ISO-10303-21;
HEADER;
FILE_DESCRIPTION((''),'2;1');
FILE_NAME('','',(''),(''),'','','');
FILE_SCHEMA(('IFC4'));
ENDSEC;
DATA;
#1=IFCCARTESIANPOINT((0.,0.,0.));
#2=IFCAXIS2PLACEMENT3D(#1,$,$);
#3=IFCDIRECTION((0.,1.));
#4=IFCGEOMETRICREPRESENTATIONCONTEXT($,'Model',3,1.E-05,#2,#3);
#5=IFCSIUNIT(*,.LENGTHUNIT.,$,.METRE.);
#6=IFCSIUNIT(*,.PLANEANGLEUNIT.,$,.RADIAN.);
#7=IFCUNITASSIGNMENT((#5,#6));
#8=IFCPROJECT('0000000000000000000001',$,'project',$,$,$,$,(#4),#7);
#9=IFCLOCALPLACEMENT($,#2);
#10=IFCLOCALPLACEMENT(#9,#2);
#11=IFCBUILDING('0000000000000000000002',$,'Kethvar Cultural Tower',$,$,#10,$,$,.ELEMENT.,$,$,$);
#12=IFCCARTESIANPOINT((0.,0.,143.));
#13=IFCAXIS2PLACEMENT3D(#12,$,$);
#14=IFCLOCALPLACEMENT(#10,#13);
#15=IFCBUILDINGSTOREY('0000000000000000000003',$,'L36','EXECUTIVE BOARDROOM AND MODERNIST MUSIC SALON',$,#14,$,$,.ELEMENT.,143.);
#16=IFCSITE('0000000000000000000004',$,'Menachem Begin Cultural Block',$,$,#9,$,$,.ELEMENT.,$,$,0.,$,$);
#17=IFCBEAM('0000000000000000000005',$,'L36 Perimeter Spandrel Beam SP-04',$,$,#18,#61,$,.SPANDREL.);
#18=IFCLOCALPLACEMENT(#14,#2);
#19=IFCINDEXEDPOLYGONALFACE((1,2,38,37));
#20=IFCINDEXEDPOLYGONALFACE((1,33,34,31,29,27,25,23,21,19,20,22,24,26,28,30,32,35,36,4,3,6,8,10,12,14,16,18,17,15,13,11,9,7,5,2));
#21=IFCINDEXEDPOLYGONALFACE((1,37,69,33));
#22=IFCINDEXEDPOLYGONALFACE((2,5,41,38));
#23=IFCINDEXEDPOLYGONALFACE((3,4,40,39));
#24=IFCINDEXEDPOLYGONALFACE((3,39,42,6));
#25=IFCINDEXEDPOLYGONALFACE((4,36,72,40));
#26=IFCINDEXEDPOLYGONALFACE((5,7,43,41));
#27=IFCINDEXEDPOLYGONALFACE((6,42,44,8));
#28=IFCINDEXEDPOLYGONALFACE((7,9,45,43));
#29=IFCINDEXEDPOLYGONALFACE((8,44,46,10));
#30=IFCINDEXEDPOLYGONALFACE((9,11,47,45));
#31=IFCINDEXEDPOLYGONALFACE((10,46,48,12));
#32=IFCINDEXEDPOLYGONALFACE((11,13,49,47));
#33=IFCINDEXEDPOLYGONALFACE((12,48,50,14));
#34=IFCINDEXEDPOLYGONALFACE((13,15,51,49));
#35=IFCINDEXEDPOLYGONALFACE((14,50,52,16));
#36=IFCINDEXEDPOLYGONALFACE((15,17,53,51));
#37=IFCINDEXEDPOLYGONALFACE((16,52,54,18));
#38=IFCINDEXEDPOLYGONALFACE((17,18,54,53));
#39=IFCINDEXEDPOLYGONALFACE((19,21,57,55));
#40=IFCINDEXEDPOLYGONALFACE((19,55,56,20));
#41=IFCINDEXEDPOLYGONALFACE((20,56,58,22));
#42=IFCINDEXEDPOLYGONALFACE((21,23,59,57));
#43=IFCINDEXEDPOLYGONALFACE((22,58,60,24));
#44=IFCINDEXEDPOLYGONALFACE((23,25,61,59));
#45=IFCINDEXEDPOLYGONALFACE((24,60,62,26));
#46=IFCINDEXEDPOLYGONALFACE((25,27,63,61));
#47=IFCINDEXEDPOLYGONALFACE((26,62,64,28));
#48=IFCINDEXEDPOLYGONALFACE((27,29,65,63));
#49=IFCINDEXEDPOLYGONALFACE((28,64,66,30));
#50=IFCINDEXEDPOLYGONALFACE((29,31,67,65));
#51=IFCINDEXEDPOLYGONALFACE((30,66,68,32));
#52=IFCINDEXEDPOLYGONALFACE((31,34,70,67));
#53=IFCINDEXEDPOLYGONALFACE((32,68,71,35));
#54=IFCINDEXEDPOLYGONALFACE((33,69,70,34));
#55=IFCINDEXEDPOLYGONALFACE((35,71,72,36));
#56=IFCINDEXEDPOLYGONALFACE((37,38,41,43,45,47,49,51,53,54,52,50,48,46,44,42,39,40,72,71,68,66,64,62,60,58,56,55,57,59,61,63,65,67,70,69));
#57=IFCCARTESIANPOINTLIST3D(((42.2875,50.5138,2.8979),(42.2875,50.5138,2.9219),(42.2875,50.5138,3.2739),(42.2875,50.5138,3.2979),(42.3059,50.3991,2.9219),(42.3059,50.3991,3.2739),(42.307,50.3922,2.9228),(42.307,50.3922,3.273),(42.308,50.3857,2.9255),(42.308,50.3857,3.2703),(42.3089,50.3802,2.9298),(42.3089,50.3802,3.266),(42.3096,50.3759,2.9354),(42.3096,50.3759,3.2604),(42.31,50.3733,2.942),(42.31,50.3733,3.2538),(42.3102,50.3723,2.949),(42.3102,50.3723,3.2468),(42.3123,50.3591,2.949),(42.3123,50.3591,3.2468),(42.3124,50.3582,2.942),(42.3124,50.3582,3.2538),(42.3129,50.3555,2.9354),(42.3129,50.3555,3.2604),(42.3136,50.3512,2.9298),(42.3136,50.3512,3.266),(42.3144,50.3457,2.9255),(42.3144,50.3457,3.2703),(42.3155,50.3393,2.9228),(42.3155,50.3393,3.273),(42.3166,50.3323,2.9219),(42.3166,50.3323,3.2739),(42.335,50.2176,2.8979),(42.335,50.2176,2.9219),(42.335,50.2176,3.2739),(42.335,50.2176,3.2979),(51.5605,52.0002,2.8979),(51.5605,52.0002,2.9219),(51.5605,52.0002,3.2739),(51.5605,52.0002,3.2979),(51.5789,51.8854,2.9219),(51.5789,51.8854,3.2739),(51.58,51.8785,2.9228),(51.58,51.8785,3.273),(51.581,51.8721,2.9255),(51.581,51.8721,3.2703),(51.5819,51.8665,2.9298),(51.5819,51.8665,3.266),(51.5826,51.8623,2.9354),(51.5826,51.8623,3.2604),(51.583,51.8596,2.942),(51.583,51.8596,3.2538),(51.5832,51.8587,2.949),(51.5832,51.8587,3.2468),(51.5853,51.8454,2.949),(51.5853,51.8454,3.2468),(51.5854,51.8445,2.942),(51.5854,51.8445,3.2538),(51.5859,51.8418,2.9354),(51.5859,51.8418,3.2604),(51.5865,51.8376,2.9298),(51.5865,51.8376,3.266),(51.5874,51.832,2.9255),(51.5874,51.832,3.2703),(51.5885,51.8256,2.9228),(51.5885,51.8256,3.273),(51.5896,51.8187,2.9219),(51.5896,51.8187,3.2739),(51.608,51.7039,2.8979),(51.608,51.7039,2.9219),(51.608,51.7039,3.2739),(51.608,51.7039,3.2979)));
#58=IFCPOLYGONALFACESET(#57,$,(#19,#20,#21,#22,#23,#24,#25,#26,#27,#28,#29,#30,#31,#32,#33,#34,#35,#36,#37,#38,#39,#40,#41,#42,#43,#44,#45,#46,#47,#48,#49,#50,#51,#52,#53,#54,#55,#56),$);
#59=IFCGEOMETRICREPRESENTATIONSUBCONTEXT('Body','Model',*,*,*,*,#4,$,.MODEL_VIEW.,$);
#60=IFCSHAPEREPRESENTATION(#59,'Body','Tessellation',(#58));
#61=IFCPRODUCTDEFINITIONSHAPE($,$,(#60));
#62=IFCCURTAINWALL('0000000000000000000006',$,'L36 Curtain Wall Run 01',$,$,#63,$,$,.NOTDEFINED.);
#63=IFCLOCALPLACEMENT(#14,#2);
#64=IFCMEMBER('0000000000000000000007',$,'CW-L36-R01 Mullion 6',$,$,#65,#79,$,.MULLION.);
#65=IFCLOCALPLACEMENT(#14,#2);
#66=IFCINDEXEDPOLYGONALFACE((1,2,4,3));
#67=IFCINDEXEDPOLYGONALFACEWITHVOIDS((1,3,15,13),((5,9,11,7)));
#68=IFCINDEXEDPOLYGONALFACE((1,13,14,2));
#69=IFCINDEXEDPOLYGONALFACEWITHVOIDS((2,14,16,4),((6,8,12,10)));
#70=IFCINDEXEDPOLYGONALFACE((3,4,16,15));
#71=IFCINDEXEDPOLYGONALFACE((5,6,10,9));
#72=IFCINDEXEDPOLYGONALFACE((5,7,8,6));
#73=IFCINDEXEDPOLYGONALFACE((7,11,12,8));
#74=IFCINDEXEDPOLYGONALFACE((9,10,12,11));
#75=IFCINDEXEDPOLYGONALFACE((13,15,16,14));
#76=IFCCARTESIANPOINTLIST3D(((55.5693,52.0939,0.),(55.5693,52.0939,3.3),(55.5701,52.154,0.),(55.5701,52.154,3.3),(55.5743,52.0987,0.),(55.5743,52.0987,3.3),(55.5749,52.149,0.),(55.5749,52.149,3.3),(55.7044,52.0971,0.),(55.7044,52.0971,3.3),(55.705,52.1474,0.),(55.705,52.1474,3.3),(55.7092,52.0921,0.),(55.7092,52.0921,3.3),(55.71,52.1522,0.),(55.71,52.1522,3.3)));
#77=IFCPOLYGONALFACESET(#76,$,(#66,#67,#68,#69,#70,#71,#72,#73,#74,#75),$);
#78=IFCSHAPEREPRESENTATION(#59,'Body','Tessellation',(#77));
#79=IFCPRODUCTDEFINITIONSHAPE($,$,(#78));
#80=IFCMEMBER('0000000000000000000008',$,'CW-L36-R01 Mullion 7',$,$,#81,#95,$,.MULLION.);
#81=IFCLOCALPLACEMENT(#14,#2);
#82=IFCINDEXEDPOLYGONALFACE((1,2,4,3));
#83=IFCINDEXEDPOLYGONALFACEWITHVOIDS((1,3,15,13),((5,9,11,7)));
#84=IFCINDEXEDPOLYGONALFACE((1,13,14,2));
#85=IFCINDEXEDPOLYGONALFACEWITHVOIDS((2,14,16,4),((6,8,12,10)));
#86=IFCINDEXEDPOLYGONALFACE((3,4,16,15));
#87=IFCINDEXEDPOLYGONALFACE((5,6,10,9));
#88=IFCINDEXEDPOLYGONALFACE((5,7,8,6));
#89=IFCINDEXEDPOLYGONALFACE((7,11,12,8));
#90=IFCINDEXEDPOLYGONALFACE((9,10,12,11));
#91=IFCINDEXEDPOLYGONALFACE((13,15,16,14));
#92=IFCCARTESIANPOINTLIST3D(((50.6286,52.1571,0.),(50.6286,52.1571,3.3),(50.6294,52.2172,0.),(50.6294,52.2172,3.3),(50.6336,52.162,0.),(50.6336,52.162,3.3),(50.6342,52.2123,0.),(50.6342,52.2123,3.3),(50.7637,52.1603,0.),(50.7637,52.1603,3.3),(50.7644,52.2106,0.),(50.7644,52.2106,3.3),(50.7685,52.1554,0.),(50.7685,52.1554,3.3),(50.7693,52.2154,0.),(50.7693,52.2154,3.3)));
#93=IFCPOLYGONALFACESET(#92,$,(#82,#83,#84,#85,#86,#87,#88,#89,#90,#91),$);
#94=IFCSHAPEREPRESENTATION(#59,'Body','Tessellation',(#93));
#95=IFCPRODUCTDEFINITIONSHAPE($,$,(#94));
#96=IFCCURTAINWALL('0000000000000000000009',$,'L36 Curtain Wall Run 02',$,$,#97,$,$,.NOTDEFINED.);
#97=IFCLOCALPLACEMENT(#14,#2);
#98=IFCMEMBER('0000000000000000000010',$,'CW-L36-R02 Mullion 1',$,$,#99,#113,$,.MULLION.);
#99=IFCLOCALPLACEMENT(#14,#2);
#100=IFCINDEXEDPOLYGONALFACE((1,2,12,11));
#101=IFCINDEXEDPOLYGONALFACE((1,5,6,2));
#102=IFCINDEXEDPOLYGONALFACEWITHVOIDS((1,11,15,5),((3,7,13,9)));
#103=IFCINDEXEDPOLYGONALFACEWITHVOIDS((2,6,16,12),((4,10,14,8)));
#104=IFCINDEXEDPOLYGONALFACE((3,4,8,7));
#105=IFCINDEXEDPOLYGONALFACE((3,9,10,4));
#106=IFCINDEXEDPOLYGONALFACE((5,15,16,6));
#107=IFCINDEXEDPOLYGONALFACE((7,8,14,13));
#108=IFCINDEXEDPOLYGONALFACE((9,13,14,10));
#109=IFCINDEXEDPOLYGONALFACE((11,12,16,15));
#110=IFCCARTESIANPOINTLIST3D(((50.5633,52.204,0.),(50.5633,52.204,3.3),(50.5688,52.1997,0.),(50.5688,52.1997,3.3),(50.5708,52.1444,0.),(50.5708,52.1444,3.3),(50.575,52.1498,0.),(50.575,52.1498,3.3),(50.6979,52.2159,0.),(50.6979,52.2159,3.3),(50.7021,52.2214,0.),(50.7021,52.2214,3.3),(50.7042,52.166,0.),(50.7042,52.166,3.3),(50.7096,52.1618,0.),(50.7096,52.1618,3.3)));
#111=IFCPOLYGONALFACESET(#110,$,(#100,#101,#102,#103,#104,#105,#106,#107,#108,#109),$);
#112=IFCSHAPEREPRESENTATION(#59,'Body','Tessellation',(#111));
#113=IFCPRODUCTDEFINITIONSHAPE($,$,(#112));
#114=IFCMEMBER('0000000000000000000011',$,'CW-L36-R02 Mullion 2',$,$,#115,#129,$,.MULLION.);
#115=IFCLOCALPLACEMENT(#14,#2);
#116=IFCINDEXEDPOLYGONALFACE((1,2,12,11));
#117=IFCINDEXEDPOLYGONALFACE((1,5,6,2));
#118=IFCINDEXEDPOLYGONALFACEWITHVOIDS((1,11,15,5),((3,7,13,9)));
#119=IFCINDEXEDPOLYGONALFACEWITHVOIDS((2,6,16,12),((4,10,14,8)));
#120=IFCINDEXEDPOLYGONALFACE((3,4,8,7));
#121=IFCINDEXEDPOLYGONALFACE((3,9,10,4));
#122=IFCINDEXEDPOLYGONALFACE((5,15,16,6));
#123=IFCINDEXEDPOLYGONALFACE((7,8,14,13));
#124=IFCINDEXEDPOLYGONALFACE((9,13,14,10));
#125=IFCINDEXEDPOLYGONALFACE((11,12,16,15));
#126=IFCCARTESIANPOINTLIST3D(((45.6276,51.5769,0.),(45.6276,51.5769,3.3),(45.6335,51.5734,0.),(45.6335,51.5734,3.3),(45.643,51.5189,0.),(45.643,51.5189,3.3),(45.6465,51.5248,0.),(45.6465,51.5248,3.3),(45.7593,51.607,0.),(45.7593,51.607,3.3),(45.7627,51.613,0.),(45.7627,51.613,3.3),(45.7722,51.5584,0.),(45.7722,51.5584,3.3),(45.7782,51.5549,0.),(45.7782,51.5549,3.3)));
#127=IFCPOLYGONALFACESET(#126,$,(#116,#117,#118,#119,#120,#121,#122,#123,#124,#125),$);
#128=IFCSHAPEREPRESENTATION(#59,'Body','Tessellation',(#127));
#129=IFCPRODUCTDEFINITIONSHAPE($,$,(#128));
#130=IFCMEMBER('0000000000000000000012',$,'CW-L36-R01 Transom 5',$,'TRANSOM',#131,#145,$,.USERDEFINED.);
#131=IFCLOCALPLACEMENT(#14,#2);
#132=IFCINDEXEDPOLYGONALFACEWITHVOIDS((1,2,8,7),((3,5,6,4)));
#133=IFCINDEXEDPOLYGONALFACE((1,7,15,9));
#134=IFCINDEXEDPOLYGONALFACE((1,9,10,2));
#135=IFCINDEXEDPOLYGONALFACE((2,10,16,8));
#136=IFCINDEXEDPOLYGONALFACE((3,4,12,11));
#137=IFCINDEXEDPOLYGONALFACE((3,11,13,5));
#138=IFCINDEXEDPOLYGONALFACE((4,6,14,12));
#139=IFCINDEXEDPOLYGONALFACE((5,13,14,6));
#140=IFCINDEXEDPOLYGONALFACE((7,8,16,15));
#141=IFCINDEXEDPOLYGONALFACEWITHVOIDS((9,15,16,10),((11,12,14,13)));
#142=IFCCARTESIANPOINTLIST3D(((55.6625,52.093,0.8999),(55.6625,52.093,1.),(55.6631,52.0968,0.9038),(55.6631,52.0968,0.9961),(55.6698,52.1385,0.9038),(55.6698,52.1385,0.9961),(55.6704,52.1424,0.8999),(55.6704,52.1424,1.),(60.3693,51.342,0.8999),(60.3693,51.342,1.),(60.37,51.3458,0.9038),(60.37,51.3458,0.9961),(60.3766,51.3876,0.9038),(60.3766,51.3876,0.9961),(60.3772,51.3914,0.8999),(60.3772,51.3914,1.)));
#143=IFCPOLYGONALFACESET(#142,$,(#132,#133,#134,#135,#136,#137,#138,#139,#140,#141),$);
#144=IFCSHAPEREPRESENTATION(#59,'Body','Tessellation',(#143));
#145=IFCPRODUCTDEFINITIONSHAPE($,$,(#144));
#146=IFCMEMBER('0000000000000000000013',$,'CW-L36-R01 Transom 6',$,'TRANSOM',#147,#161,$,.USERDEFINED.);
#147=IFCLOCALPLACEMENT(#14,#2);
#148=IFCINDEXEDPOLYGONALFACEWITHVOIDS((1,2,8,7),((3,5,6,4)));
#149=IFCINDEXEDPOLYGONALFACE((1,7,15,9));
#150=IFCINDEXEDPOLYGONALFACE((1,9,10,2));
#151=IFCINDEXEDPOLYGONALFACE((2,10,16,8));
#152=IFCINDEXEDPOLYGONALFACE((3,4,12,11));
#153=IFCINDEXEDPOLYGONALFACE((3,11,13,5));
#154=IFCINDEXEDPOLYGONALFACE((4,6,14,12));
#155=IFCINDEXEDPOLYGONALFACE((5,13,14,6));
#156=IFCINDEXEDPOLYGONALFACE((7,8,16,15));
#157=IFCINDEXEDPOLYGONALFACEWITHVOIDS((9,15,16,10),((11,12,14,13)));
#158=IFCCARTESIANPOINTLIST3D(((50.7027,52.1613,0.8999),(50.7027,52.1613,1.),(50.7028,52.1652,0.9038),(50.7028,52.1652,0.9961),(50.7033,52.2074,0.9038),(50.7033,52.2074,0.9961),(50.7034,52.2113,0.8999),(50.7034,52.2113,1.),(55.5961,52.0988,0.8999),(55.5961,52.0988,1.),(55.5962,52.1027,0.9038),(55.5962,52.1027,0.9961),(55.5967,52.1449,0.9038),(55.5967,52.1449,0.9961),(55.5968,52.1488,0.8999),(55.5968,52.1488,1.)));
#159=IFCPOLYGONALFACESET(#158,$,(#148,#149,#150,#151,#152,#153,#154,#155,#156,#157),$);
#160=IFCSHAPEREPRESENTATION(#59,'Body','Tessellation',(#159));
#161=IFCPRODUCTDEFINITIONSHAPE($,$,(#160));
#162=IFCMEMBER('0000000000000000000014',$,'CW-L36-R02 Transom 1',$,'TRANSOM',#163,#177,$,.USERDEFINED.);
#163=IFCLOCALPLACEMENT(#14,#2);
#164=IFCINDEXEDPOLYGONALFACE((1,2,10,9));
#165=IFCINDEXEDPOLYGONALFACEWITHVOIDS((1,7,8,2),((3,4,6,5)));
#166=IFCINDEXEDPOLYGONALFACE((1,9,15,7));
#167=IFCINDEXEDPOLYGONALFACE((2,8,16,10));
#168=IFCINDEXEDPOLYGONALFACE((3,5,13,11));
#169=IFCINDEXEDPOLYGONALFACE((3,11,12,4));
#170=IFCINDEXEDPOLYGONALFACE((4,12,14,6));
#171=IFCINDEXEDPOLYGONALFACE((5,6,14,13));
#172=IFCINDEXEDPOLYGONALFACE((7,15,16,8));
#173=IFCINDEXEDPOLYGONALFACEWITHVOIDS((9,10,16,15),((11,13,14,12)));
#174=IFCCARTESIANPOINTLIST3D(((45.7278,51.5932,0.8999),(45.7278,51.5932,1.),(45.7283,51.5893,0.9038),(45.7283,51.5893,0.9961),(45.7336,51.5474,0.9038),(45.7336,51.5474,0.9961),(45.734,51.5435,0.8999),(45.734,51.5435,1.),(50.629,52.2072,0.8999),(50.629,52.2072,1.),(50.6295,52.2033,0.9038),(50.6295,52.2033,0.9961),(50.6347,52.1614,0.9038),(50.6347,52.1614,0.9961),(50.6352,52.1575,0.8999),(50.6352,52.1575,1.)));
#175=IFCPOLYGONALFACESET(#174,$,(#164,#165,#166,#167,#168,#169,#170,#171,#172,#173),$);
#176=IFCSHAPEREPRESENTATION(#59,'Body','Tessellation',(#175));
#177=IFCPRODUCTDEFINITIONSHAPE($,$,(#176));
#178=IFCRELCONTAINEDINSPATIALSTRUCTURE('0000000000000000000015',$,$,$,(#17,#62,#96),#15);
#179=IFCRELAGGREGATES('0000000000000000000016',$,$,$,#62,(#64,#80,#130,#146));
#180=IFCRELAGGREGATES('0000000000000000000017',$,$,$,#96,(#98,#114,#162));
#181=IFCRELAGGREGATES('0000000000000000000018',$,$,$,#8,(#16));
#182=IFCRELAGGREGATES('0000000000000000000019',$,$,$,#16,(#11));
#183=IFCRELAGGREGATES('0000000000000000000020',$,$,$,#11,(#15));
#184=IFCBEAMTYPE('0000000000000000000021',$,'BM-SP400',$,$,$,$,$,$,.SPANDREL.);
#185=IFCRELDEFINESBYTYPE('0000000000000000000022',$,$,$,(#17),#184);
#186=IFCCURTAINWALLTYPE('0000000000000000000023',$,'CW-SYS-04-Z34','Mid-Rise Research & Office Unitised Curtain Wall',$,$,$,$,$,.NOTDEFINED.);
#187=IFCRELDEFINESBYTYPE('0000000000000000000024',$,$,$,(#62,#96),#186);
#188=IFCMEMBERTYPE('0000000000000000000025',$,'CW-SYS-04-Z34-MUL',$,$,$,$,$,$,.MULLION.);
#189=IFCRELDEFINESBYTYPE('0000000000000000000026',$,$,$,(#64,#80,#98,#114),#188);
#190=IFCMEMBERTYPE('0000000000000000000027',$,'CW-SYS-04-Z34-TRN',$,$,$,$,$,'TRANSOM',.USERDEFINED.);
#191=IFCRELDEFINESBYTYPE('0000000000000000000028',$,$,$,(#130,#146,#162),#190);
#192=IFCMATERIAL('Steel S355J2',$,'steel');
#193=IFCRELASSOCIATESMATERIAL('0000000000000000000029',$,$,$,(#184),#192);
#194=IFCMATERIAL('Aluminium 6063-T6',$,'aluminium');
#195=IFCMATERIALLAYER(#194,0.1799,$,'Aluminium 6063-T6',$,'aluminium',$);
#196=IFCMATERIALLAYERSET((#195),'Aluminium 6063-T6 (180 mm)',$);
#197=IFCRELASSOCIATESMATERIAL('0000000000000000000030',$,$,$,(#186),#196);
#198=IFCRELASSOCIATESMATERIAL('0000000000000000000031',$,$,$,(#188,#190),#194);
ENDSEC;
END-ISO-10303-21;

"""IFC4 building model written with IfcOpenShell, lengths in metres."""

from ifc_helpers import new_model, si_unit, direction, frame, origin, origin_2d, place, context, subcontext, project, spatial, hollow_rectangle, i_section, extrude, source, transform, mapped, material, layer, layer_set, material_profile, profile_set, type_object, element, aggregate, save


model = new_model("IFC4")

# Units and contexts
model_context = context("Model", 3, precision=1e-05, world=origin(), true_north=direction((0.0, 1.0)))
body_context = subcontext(model_context, "Body", "Model", "MODEL_VIEW")
ifc_project = project(units=[si_unit("LENGTHUNIT", "METRE"), si_unit("PLANEANGLEUNIT", "RADIAN")], contexts=[model_context])

# Site, building, storey
site_placement = place(None, origin())
site = spatial("IfcSite", under=ifc_project, at=site_placement, Name="Menachem Begin Cultural Block", CompositionType="ELEMENT", RefElevation=0.0)
building_placement = place(site_placement, origin())
building = spatial("IfcBuilding", under=site, at=building_placement, Name="Kethvar Cultural Tower", CompositionType="ELEMENT")
storey_placement = place(building_placement, frame((0.0, 0.0, 143.0)))
storey = spatial("IfcBuildingStorey", under=building, at=storey_placement, Name="L36", Description="EXECUTIVE BOARDROOM AND MODERNIST MUSIC SALON", CompositionType="ELEMENT", Elevation=143.0)

# Beam
ifc_material_1 = material(Name="Steel S355J2", Category="steel")
ifc_material_profile_1 = material_profile(ifc_material_1, i_section(OverallWidth=0.3, OverallDepth=0.3999, WebThickness=0.0134, FlangeThickness=0.0239, FilletRadius=0.0271, at=origin_2d()), Name="Steel S355J2 — HEB400")
ifc_profile_set_1 = profile_set([ifc_material_profile_1], Name="Steel S355J2 — HEB400")
beam_type_1 = type_object("IfcBeamType", Name="BM-SP400", PredefinedType="SPANDREL", material=ifc_profile_set_1)
shared_shape_1 = source(origin(), body_context, "Body", "SweptSolid", [
    extrude(i_section(OverallWidth=0.3, OverallDepth=0.3999, WebThickness=0.0134, FlangeThickness=0.0239, FilletRadius=0.0271, at=origin_2d()), origin(), (0.0, 0.0, 1.0), 9.3914),
])
beam_1_placement = place(storey_placement, frame((51.5842, 51.8521, 3.0979), z_axis=(-0.987396, -0.158266, 0.0), x_axis=(0.158266, -0.987396, 0.0)))
element("IfcBeam", 1, at=beam_1_placement, inside=storey, type_object=beam_type_1, Name="L36 Perimeter Spandrel Beam SP-04", PredefinedType="SPANDREL", context=body_context, shape_type="MappedRepresentation", body=[
    mapped(shared_shape_1, transform((0.0, 0.0, 0.0), scale=1.0)),
])

# Curtain walls, members
ifc_material_2 = material(Name="Aluminium 6063-T6", Category="aluminium")
ifc_layer_1 = layer(ifc_material_2, 0.1799, Name="Aluminium 6063-T6", Category="aluminium")
ifc_layer_set_1 = layer_set([ifc_layer_1], Name="Aluminium 6063-T6 (180 mm)")
curtain_wall_type = type_object("IfcCurtainWallType", Name="CW-SYS-04-Z34", Description="Mid-Rise Research & Office Unitised Curtain Wall", PredefinedType="NOTDEFINED", material=ifc_layer_set_1)
curtain_wall_1_placement = place(storey_placement, origin())
curtain_wall_1 = element("IfcCurtainWall", 2, at=curtain_wall_1_placement, inside=storey, type_object=curtain_wall_type, Name="L36 Curtain Wall Run 01", PredefinedType="NOTDEFINED")
ifc_material_profile_2 = material_profile(ifc_material_2, hollow_rectangle(XDim=0.0601, YDim=0.1399, WallThickness=0.0049, at=origin_2d()), Name="Aluminium 6063-T6 — RHS140x60x5")
ifc_profile_set_2 = profile_set([ifc_material_profile_2], Name="Aluminium 6063-T6 — RHS140x60x5")
member_type_1 = type_object("IfcMemberType", Name="CW-SYS-04-Z34-MUL", PredefinedType="MULLION", material=ifc_profile_set_2)
shared_shape_2 = source(origin(), body_context, "Body", "SweptSolid", [
    extrude(hollow_rectangle(XDim=0.0601, YDim=0.1399, WallThickness=0.0049, at=origin_2d()), origin(), (0.0, 0.0, 1.0), 3.3),
])
member_1_placement = place(storey_placement, frame((55.6396, 52.123, 0.0), z_axis=(0.0, 0.0, 1.0), x_axis=(-0.012793, -0.999918, 0.0)))
member_1 = element("IfcMember", 3, at=member_1_placement, type_object=member_type_1, Name="CW-L36-R01 Mullion 6", PredefinedType="MULLION", context=body_context, shape_type="MappedRepresentation", body=[
    mapped(shared_shape_2, transform((0.0, 0.0, 0.0), scale=1.0)),
])
member_2_placement = place(storey_placement, frame((50.699, 52.1863, 0.0), z_axis=(0.0, 0.0, 1.0), x_axis=(-0.012793, -0.999918, 0.0)))
member_2 = element("IfcMember", 4, at=member_2_placement, type_object=member_type_1, Name="CW-L36-R01 Mullion 7", PredefinedType="MULLION", context=body_context, shape_type="MappedRepresentation", body=[
    mapped(shared_shape_2, transform((0.0, 0.0, 0.0), scale=1.0)),
])
curtain_wall_2_placement = place(storey_placement, origin())
curtain_wall_2 = element("IfcCurtainWall", 5, at=curtain_wall_2_placement, inside=storey, type_object=curtain_wall_type, Name="L36 Curtain Wall Run 02", PredefinedType="NOTDEFINED")
member_3_placement = place(storey_placement, frame((50.6365, 52.1829, 0.0), z_axis=(0.0, 0.0, 1.0), x_axis=(0.124277, -0.992248, 0.0)))
member_3 = element("IfcMember", 6, at=member_3_placement, type_object=member_type_1, Name="CW-L36-R02 Mullion 1", PredefinedType="MULLION", context=body_context, shape_type="MappedRepresentation", body=[
    mapped(shared_shape_2, transform((0.0, 0.0, 0.0), scale=1.0)),
])
member_4_placement = place(storey_placement, frame((45.7029, 51.5659, 0.0), z_axis=(0.0, 0.0, 1.0), x_axis=(0.257807, -0.966196, 0.0)))
member_4 = element("IfcMember", 7, at=member_4_placement, type_object=member_type_1, Name="CW-L36-R02 Mullion 2", PredefinedType="MULLION", context=body_context, shape_type="MappedRepresentation", body=[
    mapped(shared_shape_2, transform((0.0, 0.0, 0.0), scale=1.0)),
])

# Members
ifc_material_profile_3 = material_profile(ifc_material_2, hollow_rectangle(XDim=0.05, YDim=0.1001, WallThickness=0.0039, at=origin_2d()), Name="Aluminium 6063-T6 — RHS100x50x4")
ifc_profile_set_3 = profile_set([ifc_material_profile_3], Name="Aluminium 6063-T6 — RHS100x50x4")
member_type_2 = type_object("IfcMemberType", Name="CW-SYS-04-Z34-TRN", ElementType="TRANSOM", PredefinedType="USERDEFINED", material=ifc_profile_set_3)
shared_shape_3 = source(origin(), body_context, "Body", "SweptSolid", [
    extrude(hollow_rectangle(XDim=0.05, YDim=0.1001, WallThickness=0.0039, at=origin_2d()), origin(), (0.0, 0.0, 1.0), 4.7664),
])
member_5_placement = place(storey_placement, frame((60.3733, 51.3667, 0.95), z_axis=(-0.98751, 0.157559, 0.0), x_axis=(-0.157559, -0.98751, 0.0)))
member_5 = element("IfcMember", 8, at=member_5_placement, type_object=member_type_2, Name="CW-L36-R01 Transom 5", ObjectType="TRANSOM", PredefinedType="USERDEFINED", context=body_context, shape_type="MappedRepresentation", body=[
    mapped(shared_shape_3, transform((0.0, 0.0, 0.0), scale=1.0)),
])
shared_shape_4 = source(origin(), body_context, "Body", "SweptSolid", [
    extrude(hollow_rectangle(XDim=0.05, YDim=0.1001, WallThickness=0.0039, at=origin_2d()), origin(), (0.0, 0.0, 1.0), 4.8938),
])
member_6_placement = place(storey_placement, frame((55.5964, 52.1238, 0.95), z_axis=(-0.999918, 0.012771, 0.0), x_axis=(-0.012771, -0.999918, 0.0)))
member_6 = element("IfcMember", 9, at=member_6_placement, type_object=member_type_2, Name="CW-L36-R01 Transom 6", ObjectType="TRANSOM", PredefinedType="USERDEFINED", context=body_context, shape_type="MappedRepresentation", body=[
    mapped(shared_shape_4, transform((0.0, 0.0, 0.0), scale=1.0)),
])
shared_shape_5 = source(origin(), body_context, "Body", "SweptSolid", [
    extrude(hollow_rectangle(XDim=0.05, YDim=0.1001, WallThickness=0.0039, at=origin_2d()), origin(), (0.0, 0.0, 1.0), 4.9395),
])
member_7_placement = place(storey_placement, frame((50.6321, 52.1824, 0.95), z_axis=(-0.992244, -0.124308, 0.0), x_axis=(0.124308, -0.992244, 0.0)))
member_7 = element("IfcMember", 10, at=member_7_placement, type_object=member_type_2, Name="CW-L36-R02 Transom 1", ObjectType="TRANSOM", PredefinedType="USERDEFINED", context=body_context, shape_type="MappedRepresentation", body=[
    mapped(shared_shape_5, transform((0.0, 0.0, 0.0), scale=1.0)),
])

aggregate(curtain_wall_1, [member_1, member_2, member_5, member_6])
aggregate(curtain_wall_2, [member_3, member_4, member_7])

save(model, "model.ifc")
